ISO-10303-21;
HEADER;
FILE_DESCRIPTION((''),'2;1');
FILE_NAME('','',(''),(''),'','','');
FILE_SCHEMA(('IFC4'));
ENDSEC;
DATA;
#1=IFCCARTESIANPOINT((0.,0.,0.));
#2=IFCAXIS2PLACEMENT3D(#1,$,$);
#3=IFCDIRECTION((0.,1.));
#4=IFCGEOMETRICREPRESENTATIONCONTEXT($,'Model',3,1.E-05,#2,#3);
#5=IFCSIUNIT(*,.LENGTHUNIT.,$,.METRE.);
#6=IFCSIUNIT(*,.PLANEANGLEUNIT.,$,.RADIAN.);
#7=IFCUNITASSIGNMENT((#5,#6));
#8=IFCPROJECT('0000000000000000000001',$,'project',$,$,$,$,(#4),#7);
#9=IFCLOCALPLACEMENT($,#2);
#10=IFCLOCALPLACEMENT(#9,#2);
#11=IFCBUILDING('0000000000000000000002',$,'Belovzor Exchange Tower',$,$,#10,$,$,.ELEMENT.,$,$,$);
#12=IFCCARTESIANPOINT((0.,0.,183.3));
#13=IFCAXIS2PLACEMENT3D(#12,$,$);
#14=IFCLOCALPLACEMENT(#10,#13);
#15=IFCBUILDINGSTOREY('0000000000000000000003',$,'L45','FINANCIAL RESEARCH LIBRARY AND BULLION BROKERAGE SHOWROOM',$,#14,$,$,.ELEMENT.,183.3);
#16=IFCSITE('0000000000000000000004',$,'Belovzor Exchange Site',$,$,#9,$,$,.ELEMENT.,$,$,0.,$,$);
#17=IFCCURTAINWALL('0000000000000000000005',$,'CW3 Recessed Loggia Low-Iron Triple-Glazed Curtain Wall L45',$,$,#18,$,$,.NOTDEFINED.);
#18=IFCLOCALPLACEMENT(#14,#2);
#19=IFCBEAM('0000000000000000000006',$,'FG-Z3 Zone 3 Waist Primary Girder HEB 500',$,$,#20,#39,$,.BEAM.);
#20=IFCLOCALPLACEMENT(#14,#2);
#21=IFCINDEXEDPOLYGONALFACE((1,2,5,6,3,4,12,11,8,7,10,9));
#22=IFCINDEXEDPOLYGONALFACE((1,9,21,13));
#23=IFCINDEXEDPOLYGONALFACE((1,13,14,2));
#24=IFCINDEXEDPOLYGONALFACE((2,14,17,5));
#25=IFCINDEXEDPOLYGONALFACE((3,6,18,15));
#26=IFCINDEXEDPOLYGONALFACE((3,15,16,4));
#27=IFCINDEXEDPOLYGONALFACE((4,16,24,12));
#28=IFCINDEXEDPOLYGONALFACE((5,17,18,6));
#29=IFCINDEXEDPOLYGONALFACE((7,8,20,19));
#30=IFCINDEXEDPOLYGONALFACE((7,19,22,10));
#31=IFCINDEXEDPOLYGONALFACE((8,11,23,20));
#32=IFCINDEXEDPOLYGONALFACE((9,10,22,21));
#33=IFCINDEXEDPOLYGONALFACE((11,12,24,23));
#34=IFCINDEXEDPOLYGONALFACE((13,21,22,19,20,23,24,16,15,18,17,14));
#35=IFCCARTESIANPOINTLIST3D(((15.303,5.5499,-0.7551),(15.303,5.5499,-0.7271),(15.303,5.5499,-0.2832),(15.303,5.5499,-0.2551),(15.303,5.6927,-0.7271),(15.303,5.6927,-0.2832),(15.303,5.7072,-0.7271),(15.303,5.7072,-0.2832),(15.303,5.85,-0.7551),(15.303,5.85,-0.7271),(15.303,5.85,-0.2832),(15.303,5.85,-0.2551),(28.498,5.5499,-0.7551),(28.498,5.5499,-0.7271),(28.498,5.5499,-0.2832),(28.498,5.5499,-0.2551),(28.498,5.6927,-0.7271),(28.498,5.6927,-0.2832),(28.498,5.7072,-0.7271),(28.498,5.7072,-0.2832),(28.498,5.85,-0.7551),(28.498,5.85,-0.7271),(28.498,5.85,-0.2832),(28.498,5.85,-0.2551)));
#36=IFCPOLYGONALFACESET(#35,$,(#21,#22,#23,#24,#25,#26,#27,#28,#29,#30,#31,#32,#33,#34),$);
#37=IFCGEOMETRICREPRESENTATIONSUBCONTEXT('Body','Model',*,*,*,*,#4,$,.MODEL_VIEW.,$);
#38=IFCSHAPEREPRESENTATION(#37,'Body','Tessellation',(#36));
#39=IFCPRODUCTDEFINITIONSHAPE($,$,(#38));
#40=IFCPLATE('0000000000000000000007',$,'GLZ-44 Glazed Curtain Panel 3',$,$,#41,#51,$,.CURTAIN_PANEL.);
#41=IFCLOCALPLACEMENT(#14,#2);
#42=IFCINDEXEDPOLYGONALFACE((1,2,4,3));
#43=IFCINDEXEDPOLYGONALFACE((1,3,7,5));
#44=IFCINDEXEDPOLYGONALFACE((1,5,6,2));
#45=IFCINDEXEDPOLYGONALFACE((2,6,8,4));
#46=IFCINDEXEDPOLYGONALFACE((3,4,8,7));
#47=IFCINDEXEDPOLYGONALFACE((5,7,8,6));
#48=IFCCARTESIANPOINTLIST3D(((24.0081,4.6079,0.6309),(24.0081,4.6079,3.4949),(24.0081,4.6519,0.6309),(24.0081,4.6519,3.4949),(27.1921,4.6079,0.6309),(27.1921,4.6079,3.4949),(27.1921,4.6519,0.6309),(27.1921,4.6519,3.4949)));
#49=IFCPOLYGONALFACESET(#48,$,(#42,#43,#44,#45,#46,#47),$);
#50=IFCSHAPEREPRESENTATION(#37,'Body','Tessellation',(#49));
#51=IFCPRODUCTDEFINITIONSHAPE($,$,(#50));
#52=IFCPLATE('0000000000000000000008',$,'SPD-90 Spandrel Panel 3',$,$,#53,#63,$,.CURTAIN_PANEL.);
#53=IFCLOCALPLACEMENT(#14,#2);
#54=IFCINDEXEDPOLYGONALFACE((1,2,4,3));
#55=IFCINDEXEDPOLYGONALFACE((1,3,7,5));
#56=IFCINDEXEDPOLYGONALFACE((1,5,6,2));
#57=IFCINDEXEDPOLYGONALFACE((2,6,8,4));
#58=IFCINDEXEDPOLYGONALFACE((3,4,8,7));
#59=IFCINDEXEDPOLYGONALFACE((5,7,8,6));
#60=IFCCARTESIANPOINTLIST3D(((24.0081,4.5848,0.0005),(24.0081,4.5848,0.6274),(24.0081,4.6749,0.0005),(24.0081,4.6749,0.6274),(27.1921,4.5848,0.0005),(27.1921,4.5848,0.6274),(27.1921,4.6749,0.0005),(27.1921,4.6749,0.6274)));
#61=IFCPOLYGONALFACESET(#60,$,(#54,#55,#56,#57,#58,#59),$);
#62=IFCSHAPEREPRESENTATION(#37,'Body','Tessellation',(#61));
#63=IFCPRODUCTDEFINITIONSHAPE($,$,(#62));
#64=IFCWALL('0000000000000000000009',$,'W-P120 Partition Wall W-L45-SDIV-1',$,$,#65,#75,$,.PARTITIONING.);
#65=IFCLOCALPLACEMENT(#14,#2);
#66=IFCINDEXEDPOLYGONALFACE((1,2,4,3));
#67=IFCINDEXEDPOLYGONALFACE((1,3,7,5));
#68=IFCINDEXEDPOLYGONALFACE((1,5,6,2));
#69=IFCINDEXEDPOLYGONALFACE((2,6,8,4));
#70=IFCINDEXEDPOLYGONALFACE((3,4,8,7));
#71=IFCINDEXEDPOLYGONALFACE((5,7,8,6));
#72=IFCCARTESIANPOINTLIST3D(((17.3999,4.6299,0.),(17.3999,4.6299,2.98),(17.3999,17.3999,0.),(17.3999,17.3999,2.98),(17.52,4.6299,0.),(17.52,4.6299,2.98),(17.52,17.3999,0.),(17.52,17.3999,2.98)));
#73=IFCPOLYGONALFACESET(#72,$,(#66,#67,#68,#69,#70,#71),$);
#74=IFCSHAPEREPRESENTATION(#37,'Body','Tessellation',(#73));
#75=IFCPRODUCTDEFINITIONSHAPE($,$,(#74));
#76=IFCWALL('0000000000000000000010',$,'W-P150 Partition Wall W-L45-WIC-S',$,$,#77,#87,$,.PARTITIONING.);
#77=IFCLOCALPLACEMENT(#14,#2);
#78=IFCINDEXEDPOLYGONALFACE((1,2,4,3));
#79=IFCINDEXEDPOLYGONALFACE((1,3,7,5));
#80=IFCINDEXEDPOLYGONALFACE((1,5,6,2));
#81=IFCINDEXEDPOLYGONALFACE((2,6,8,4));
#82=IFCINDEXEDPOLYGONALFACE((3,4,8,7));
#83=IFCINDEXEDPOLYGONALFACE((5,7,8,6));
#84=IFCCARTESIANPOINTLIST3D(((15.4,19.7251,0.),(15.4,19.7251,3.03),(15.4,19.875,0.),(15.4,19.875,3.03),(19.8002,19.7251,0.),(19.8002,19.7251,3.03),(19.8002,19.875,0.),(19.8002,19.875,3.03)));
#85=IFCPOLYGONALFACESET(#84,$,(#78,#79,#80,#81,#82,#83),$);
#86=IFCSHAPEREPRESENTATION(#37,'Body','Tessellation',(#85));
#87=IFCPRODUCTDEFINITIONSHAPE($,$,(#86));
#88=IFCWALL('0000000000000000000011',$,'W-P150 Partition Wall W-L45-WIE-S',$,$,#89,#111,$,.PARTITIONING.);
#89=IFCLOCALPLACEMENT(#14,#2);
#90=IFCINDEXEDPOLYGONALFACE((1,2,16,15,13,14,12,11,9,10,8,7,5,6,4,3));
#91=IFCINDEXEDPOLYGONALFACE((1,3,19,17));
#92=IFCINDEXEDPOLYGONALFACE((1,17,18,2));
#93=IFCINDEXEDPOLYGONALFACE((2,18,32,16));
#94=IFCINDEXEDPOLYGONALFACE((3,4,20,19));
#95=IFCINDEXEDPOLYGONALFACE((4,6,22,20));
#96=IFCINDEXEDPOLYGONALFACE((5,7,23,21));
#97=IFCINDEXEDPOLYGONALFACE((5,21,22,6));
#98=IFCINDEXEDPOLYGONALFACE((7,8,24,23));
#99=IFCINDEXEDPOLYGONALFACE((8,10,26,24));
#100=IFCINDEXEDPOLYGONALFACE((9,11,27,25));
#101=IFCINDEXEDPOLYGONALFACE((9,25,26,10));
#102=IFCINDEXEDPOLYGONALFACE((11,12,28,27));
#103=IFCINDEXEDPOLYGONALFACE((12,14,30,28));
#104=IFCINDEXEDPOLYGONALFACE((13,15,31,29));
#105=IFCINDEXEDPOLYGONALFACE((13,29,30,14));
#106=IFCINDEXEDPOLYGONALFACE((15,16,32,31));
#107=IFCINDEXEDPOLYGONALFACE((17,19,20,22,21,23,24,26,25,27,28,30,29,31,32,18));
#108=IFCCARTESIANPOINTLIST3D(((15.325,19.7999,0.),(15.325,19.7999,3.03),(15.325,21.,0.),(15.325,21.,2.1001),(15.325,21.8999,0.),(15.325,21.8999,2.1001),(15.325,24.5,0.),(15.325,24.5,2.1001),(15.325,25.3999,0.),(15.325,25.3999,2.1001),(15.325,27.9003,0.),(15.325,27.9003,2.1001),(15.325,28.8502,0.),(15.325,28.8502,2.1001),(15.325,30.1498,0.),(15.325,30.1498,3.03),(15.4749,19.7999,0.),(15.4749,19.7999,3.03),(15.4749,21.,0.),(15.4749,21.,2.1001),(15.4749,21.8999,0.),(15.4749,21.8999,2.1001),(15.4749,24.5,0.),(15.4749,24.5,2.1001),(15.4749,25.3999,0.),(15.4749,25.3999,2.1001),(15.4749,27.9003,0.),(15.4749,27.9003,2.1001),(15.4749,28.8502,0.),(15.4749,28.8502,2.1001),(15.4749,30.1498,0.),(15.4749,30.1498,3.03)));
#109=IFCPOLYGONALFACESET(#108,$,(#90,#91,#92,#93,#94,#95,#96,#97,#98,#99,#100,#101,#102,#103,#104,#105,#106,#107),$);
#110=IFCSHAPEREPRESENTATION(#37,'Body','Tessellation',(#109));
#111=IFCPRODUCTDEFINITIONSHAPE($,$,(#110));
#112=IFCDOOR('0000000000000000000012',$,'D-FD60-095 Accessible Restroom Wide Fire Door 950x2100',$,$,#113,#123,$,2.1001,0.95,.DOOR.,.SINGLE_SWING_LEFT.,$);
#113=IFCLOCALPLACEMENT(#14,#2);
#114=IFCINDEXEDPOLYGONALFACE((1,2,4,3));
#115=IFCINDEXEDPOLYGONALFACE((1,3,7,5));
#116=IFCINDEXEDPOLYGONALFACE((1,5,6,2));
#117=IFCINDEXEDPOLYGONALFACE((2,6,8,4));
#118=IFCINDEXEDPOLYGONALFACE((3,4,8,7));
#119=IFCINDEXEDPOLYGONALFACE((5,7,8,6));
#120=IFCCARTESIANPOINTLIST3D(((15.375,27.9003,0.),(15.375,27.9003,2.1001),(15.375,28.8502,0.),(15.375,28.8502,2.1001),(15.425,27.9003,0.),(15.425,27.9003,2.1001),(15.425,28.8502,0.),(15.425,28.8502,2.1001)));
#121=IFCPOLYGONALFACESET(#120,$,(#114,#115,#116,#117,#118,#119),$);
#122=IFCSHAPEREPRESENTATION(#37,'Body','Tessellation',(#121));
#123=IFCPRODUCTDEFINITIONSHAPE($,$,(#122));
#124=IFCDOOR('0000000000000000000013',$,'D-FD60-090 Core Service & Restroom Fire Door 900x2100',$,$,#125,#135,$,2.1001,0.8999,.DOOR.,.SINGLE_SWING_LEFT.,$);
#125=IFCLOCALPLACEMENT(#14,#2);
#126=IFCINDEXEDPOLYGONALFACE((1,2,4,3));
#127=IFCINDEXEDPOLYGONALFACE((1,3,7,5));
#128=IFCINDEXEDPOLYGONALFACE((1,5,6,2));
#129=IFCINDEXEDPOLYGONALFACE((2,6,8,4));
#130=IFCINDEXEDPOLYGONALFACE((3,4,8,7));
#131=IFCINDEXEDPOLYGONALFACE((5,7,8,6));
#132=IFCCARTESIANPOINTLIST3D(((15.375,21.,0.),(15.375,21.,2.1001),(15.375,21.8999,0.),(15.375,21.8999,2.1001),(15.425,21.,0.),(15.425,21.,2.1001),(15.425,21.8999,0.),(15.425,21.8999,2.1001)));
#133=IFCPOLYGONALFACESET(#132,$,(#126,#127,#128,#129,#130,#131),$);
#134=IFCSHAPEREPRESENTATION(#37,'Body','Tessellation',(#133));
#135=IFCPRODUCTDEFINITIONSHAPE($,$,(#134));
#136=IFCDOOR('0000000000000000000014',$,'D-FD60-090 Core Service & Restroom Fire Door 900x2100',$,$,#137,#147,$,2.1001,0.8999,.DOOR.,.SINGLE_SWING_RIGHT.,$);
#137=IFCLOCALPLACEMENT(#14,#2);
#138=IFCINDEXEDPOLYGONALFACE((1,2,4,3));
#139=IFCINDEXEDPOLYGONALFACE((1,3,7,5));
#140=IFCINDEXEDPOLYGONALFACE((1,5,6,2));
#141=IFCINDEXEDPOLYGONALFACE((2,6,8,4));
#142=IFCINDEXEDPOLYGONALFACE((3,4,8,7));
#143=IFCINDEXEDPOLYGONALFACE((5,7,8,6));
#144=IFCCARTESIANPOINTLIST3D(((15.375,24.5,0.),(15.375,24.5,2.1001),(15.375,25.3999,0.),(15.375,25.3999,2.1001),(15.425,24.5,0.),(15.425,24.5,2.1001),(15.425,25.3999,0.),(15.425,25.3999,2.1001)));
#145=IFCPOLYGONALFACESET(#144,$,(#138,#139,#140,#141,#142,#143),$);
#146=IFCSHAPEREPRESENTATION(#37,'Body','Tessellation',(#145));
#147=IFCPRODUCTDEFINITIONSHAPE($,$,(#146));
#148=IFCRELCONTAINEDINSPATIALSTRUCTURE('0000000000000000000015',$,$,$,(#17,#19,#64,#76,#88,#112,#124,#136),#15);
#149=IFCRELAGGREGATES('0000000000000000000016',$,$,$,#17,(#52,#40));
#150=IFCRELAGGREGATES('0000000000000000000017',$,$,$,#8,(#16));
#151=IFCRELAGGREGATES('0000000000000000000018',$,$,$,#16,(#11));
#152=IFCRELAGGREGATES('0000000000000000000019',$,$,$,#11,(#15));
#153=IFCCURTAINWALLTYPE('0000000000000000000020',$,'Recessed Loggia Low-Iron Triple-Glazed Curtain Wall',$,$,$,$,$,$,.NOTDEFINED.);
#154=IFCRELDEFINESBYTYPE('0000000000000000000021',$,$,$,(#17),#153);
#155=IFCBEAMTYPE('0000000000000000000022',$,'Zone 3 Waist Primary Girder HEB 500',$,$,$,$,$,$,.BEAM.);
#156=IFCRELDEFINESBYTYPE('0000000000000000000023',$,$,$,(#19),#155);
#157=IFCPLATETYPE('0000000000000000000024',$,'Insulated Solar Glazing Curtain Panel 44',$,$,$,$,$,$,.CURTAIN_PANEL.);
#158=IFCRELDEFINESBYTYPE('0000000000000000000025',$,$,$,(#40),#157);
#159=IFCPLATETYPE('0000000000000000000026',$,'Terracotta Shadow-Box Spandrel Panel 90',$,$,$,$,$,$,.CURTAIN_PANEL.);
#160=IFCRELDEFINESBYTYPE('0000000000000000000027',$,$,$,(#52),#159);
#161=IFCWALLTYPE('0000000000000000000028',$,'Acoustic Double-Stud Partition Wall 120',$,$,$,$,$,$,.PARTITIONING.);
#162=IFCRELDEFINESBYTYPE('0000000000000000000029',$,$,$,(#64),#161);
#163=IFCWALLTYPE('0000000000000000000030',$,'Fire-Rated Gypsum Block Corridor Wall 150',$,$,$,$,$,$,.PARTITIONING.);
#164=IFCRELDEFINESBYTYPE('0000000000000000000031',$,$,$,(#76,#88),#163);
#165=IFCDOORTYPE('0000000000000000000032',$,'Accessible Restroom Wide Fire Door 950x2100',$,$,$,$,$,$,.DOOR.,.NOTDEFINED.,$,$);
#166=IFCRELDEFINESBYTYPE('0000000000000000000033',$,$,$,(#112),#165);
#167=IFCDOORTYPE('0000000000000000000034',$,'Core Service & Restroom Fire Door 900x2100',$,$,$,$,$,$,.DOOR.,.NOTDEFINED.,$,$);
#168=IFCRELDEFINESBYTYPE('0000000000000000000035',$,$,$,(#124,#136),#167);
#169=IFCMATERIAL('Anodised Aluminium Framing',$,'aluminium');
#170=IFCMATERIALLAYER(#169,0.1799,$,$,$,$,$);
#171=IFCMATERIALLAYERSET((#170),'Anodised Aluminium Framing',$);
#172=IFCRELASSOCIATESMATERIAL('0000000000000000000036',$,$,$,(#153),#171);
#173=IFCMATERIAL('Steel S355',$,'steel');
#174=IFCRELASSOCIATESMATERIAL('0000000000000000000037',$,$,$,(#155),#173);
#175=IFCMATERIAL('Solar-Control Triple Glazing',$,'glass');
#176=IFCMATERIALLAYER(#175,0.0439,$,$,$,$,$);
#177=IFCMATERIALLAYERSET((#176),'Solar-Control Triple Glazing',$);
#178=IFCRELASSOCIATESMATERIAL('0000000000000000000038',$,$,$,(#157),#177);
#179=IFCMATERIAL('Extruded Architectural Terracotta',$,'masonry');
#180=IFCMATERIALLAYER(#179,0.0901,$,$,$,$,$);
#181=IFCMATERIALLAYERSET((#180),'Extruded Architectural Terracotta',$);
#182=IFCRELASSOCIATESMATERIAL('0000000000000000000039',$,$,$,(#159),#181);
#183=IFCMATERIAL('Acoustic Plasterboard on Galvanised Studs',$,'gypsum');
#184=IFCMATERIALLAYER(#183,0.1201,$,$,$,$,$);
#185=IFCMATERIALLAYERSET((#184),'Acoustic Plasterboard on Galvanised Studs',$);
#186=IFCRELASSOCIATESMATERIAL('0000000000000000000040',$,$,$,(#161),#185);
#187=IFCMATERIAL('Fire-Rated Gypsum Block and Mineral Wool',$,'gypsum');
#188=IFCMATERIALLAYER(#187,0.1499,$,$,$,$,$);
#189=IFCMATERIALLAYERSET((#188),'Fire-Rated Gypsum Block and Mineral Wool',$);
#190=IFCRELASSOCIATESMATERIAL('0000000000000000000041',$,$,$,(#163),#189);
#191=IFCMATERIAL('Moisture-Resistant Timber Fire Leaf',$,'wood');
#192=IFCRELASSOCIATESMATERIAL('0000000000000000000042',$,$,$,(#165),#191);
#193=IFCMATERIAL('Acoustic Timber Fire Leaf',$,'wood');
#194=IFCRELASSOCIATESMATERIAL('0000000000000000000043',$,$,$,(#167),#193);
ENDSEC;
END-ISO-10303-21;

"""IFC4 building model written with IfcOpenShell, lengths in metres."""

from ifc_helpers import new_model, si_unit, direction, frame, frame_2d, origin, origin_2d, place, context, subcontext, project, spatial, rectangle, i_section, extrude, material, layer, layer_set, material_profile, profile_set, type_object, element, fill, aggregate, save


model = new_model("IFC4")

# Units and contexts
model_context = context("Model", 3, precision=1e-05, world=origin(), true_north=direction((0.0, 1.0)))
body_context = subcontext(model_context, "Body", "Model", "MODEL_VIEW")
ifc_project = project(units=[si_unit("LENGTHUNIT", "METRE"), si_unit("PLANEANGLEUNIT", "RADIAN")], contexts=[model_context])

# Site, building, storey
site_placement = place(None, origin())
site = spatial("IfcSite", under=ifc_project, at=site_placement, Name="Belovzor Exchange Site", CompositionType="ELEMENT", RefElevation=0.0)
building_placement = place(site_placement, origin())
building = spatial("IfcBuilding", under=site, at=building_placement, Name="Belovzor Exchange Tower", CompositionType="ELEMENT")
storey_placement = place(building_placement, frame((0.0, 0.0, 183.3)))
storey = spatial("IfcBuildingStorey", under=building, at=storey_placement, Name="L45", Description="FINANCIAL RESEARCH LIBRARY AND BULLION BROKERAGE SHOWROOM", CompositionType="ELEMENT", Elevation=183.3)

# Curtain wall
ifc_material_1 = material(Name="Anodised Aluminium Framing", Category="aluminium")
ifc_layer_1 = layer(ifc_material_1, 0.1799)
ifc_layer_set_1 = layer_set([ifc_layer_1], Name="Anodised Aluminium Framing")
curtain_wall_type = type_object("IfcCurtainWallType", Name="Recessed Loggia Low-Iron Triple-Glazed Curtain Wall", PredefinedType="NOTDEFINED", material=ifc_layer_set_1)
curtain_wall_placement = place(storey_placement, origin())
curtain_wall = element("IfcCurtainWall", 1, at=curtain_wall_placement, inside=storey, type_object=curtain_wall_type, Name="CW3 Recessed Loggia Low-Iron Triple-Glazed Curtain Wall L45", PredefinedType="NOTDEFINED")

# Beam
ifc_material_2 = material(Name="Steel S355", Category="steel")
ifc_material_profile_1 = material_profile(ifc_material_2, i_section(OverallWidth=0.3, OverallDepth=0.5, WebThickness=0.0144, FlangeThickness=0.0281, at=origin_2d()))
ifc_profile_set_1 = profile_set([ifc_material_profile_1], Name="Steel S355")
beam_type_1 = type_object("IfcBeamType", Name="Zone 3 Waist Primary Girder HEB 500", PredefinedType="BEAM", material=ifc_profile_set_1)
beam_1_placement = place(storey_placement, frame((15.303, 5.7, -0.5051), z_axis=(1.0, 0.0, 0.0), x_axis=(0.0, 1.0, 0.0)))
element("IfcBeam", 2, at=beam_1_placement, inside=storey, type_object=beam_type_1, Name="FG-Z3 Zone 3 Waist Primary Girder HEB 500", PredefinedType="BEAM", context=body_context, shape_type="SweptSolid", body=[
    extrude(i_section(OverallWidth=0.3, OverallDepth=0.5, WebThickness=0.0144, FlangeThickness=0.0281, at=origin_2d()), origin(), (0.0, 0.0, 1.0), 13.1951),
])

# Plates
ifc_material_3 = material(Name="Solar-Control Triple Glazing", Category="glass")
ifc_layer_2 = layer(ifc_material_3, 0.0439)
ifc_layer_set_2 = layer_set([ifc_layer_2], Name="Solar-Control Triple Glazing")
plate_type_1 = type_object("IfcPlateType", Name="Insulated Solar Glazing Curtain Panel 44", PredefinedType="CURTAIN_PANEL", material=ifc_layer_set_2)
plate_1_placement = place(storey_placement, frame((25.6001, 4.6299, 0.6309), z_axis=(0.0, 0.0, 1.0), x_axis=(-1.0, 0.0, 0.0)))
plate_1 = element("IfcPlate", 3, at=plate_1_placement, type_object=plate_type_1, Name="GLZ-44 Glazed Curtain Panel 3", PredefinedType="CURTAIN_PANEL", context=body_context, shape_type="SweptSolid", body=[
    extrude(rectangle(XDim=3.1841, YDim=0.0439, at=origin_2d()), origin(), (0.0, 0.0, 1.0), 2.864),
])
ifc_material_4 = material(Name="Extruded Architectural Terracotta", Category="masonry")
ifc_layer_3 = layer(ifc_material_4, 0.0901)
ifc_layer_set_3 = layer_set([ifc_layer_3], Name="Extruded Architectural Terracotta")
plate_type_2 = type_object("IfcPlateType", Name="Terracotta Shadow-Box Spandrel Panel 90", PredefinedType="CURTAIN_PANEL", material=ifc_layer_set_3)
plate_2_placement = place(storey_placement, frame((25.6001, 4.6299, 0.0005), z_axis=(0.0, 0.0, 1.0), x_axis=(-1.0, 0.0, 0.0)))
plate_2 = element("IfcPlate", 4, at=plate_2_placement, type_object=plate_type_2, Name="SPD-90 Spandrel Panel 3", PredefinedType="CURTAIN_PANEL", context=body_context, shape_type="SweptSolid", body=[
    extrude(rectangle(XDim=3.1841, YDim=0.0901, at=origin_2d()), origin(), (0.0, 0.0, 1.0), 0.627),
])
aggregate(curtain_wall, [plate_2, plate_1])

# Walls
ifc_material_5 = material(Name="Acoustic Plasterboard on Galvanised Studs", Category="gypsum")
ifc_layer_4 = layer(ifc_material_5, 0.1201)
ifc_layer_set_4 = layer_set([ifc_layer_4], Name="Acoustic Plasterboard on Galvanised Studs")
wall_type_1 = type_object("IfcWallType", Name="Acoustic Double-Stud Partition Wall 120", PredefinedType="PARTITIONING", material=ifc_layer_set_4)
wall_1_placement = place(storey_placement, frame((17.46, 4.6299, 0.0), z_axis=(0.0, 0.0, 1.0), x_axis=(0.0, 1.0, 0.0)))
element("IfcWall", 5, at=wall_1_placement, inside=storey, type_object=wall_type_1, Name="W-P120 Partition Wall W-L45-SDIV-1", PredefinedType="PARTITIONING", context=body_context, shape_type="SweptSolid", body=[
    extrude(rectangle(XDim=12.77, YDim=0.1201, at=frame_2d((6.385, 0.0))), origin(), (0.0, 0.0, 1.0), 2.98),
])
ifc_material_6 = material(Name="Fire-Rated Gypsum Block and Mineral Wool", Category="gypsum")
ifc_layer_5 = layer(ifc_material_6, 0.1499)
ifc_layer_set_5 = layer_set([ifc_layer_5], Name="Fire-Rated Gypsum Block and Mineral Wool")
wall_type_2 = type_object("IfcWallType", Name="Fire-Rated Gypsum Block Corridor Wall 150", PredefinedType="PARTITIONING", material=ifc_layer_set_5)
wall_2_placement = place(storey_placement, frame((15.3999, 19.8, 0.0), z_axis=(0.0, 0.0, 1.0), x_axis=(1.0, 0.0, 0.0)))
element("IfcWall", 6, at=wall_2_placement, inside=storey, type_object=wall_type_2, Name="W-P150 Partition Wall W-L45-WIC-S", PredefinedType="PARTITIONING", context=body_context, shape_type="SweptSolid", body=[
    extrude(rectangle(XDim=4.4001, YDim=0.1499, at=frame_2d((2.2002, 0.0))), origin(), (0.0, 0.0, 1.0), 3.03),
])

# Wall, openings, doors
wall_3_placement = place(storey_placement, frame((15.3999, 19.8, 0.0), z_axis=(0.0, 0.0, 1.0), x_axis=(0.0, 1.0, 0.0)))
wall_3 = element("IfcWall", 7, at=wall_3_placement, inside=storey, type_object=wall_type_2, Name="W-P150 Partition Wall W-L45-WIE-S", PredefinedType="PARTITIONING", context=body_context, shape_type="SweptSolid", body=[
    extrude(rectangle(XDim=10.3499, YDim=0.1499, at=frame_2d((5.1748, 0.0))), origin(), (0.0, 0.0, 1.0), 3.03),
])
opening_1_placement = place(wall_3_placement, frame((1.2, 0.0, 0.0)))
opening_1 = element("IfcOpeningElement", 8, at=opening_1_placement, cuts=wall_3, PredefinedType="OPENING", context=body_context, shape_type="SweptSolid", body=[
    extrude(rectangle(XDim=0.8999, YDim=2.1001, at=frame_2d((0.45, 1.05))), frame((0.0, 0.085, 0.0), z_axis=(0.0, -1.0, 0.0), x_axis=(1.0, 0.0, 0.0)), (0.0, 0.0, 1.0), 0.1699),
])
opening_2_placement = place(wall_3_placement, frame((4.7, 0.0, 0.0)))
opening_2 = element("IfcOpeningElement", 9, at=opening_2_placement, cuts=wall_3, PredefinedType="OPENING", context=body_context, shape_type="SweptSolid", body=[
    extrude(rectangle(XDim=0.8999, YDim=2.1001, at=frame_2d((0.45, 1.05))), frame((0.0, 0.085, 0.0), z_axis=(0.0, -1.0, 0.0), x_axis=(1.0, 0.0, 0.0)), (0.0, 0.0, 1.0), 0.1699),
])
opening_3_placement = place(wall_3_placement, frame((8.1001, 0.0, 0.0)))
opening_3 = element("IfcOpeningElement", 10, at=opening_3_placement, cuts=wall_3, PredefinedType="OPENING", context=body_context, shape_type="SweptSolid", body=[
    extrude(rectangle(XDim=0.95, YDim=2.1001, at=frame_2d((0.4751, 1.05))), frame((0.0, 0.085, 0.0), z_axis=(0.0, -1.0, 0.0), x_axis=(1.0, 0.0, 0.0)), (0.0, 0.0, 1.0), 0.1699),
])
ifc_material_7 = material(Name="Moisture-Resistant Timber Fire Leaf", Category="wood")
door_type_1 = type_object("IfcDoorType", Name="Accessible Restroom Wide Fire Door 950x2100", OperationType="NOTDEFINED", PredefinedType="DOOR", material=ifc_material_7)
door_1_placement = place(opening_3_placement, origin())
door_1 = element("IfcDoor", 11, at=door_1_placement, inside=storey, type_object=door_type_1, Name="D-FD60-095 Accessible Restroom Wide Fire Door 950x2100", OperationType="SINGLE_SWING_LEFT", OverallHeight=2.1001, OverallWidth=0.95, PredefinedType="DOOR", context=body_context, shape_type="SweptSolid", body=[
    extrude(rectangle(XDim=0.95, YDim=2.1001, at=frame_2d((0.4751, 1.05))), frame((0.0, 0.0249, 0.0), z_axis=(0.0, -1.0, 0.0), x_axis=(1.0, 0.0, 0.0)), (0.0, 0.0, 1.0), 0.05),
])
fill(opening_3, door_1)
ifc_material_8 = material(Name="Acoustic Timber Fire Leaf", Category="wood")
door_type_2 = type_object("IfcDoorType", Name="Core Service & Restroom Fire Door 900x2100", OperationType="NOTDEFINED", PredefinedType="DOOR", material=ifc_material_8)
door_2_placement = place(opening_1_placement, origin())
door_2 = element("IfcDoor", 12, at=door_2_placement, inside=storey, type_object=door_type_2, Name="D-FD60-090 Core Service & Restroom Fire Door 900x2100", OperationType="SINGLE_SWING_LEFT", OverallHeight=2.1001, OverallWidth=0.8999, PredefinedType="DOOR", context=body_context, shape_type="SweptSolid", body=[
    extrude(rectangle(XDim=0.8999, YDim=2.1001, at=frame_2d((0.45, 1.05))), frame((0.0, 0.0249, 0.0), z_axis=(0.0, -1.0, 0.0), x_axis=(1.0, 0.0, 0.0)), (0.0, 0.0, 1.0), 0.05),
])
fill(opening_1, door_2)
door_3_placement = place(opening_2_placement, origin())
door_3 = element("IfcDoor", 13, at=door_3_placement, inside=storey, type_object=door_type_2, Name="D-FD60-090 Core Service & Restroom Fire Door 900x2100", OperationType="SINGLE_SWING_RIGHT", OverallHeight=2.1001, OverallWidth=0.8999, PredefinedType="DOOR", context=body_context, shape_type="SweptSolid", body=[
    extrude(rectangle(XDim=0.8999, YDim=2.1001, at=frame_2d((0.45, 1.05))), frame((0.0, 0.0249, 0.0), z_axis=(0.0, -1.0, 0.0), x_axis=(1.0, 0.0, 0.0)), (0.0, 0.0, 1.0), 0.05),
])
fill(opening_2, door_3)

save(model, "model.ifc")
